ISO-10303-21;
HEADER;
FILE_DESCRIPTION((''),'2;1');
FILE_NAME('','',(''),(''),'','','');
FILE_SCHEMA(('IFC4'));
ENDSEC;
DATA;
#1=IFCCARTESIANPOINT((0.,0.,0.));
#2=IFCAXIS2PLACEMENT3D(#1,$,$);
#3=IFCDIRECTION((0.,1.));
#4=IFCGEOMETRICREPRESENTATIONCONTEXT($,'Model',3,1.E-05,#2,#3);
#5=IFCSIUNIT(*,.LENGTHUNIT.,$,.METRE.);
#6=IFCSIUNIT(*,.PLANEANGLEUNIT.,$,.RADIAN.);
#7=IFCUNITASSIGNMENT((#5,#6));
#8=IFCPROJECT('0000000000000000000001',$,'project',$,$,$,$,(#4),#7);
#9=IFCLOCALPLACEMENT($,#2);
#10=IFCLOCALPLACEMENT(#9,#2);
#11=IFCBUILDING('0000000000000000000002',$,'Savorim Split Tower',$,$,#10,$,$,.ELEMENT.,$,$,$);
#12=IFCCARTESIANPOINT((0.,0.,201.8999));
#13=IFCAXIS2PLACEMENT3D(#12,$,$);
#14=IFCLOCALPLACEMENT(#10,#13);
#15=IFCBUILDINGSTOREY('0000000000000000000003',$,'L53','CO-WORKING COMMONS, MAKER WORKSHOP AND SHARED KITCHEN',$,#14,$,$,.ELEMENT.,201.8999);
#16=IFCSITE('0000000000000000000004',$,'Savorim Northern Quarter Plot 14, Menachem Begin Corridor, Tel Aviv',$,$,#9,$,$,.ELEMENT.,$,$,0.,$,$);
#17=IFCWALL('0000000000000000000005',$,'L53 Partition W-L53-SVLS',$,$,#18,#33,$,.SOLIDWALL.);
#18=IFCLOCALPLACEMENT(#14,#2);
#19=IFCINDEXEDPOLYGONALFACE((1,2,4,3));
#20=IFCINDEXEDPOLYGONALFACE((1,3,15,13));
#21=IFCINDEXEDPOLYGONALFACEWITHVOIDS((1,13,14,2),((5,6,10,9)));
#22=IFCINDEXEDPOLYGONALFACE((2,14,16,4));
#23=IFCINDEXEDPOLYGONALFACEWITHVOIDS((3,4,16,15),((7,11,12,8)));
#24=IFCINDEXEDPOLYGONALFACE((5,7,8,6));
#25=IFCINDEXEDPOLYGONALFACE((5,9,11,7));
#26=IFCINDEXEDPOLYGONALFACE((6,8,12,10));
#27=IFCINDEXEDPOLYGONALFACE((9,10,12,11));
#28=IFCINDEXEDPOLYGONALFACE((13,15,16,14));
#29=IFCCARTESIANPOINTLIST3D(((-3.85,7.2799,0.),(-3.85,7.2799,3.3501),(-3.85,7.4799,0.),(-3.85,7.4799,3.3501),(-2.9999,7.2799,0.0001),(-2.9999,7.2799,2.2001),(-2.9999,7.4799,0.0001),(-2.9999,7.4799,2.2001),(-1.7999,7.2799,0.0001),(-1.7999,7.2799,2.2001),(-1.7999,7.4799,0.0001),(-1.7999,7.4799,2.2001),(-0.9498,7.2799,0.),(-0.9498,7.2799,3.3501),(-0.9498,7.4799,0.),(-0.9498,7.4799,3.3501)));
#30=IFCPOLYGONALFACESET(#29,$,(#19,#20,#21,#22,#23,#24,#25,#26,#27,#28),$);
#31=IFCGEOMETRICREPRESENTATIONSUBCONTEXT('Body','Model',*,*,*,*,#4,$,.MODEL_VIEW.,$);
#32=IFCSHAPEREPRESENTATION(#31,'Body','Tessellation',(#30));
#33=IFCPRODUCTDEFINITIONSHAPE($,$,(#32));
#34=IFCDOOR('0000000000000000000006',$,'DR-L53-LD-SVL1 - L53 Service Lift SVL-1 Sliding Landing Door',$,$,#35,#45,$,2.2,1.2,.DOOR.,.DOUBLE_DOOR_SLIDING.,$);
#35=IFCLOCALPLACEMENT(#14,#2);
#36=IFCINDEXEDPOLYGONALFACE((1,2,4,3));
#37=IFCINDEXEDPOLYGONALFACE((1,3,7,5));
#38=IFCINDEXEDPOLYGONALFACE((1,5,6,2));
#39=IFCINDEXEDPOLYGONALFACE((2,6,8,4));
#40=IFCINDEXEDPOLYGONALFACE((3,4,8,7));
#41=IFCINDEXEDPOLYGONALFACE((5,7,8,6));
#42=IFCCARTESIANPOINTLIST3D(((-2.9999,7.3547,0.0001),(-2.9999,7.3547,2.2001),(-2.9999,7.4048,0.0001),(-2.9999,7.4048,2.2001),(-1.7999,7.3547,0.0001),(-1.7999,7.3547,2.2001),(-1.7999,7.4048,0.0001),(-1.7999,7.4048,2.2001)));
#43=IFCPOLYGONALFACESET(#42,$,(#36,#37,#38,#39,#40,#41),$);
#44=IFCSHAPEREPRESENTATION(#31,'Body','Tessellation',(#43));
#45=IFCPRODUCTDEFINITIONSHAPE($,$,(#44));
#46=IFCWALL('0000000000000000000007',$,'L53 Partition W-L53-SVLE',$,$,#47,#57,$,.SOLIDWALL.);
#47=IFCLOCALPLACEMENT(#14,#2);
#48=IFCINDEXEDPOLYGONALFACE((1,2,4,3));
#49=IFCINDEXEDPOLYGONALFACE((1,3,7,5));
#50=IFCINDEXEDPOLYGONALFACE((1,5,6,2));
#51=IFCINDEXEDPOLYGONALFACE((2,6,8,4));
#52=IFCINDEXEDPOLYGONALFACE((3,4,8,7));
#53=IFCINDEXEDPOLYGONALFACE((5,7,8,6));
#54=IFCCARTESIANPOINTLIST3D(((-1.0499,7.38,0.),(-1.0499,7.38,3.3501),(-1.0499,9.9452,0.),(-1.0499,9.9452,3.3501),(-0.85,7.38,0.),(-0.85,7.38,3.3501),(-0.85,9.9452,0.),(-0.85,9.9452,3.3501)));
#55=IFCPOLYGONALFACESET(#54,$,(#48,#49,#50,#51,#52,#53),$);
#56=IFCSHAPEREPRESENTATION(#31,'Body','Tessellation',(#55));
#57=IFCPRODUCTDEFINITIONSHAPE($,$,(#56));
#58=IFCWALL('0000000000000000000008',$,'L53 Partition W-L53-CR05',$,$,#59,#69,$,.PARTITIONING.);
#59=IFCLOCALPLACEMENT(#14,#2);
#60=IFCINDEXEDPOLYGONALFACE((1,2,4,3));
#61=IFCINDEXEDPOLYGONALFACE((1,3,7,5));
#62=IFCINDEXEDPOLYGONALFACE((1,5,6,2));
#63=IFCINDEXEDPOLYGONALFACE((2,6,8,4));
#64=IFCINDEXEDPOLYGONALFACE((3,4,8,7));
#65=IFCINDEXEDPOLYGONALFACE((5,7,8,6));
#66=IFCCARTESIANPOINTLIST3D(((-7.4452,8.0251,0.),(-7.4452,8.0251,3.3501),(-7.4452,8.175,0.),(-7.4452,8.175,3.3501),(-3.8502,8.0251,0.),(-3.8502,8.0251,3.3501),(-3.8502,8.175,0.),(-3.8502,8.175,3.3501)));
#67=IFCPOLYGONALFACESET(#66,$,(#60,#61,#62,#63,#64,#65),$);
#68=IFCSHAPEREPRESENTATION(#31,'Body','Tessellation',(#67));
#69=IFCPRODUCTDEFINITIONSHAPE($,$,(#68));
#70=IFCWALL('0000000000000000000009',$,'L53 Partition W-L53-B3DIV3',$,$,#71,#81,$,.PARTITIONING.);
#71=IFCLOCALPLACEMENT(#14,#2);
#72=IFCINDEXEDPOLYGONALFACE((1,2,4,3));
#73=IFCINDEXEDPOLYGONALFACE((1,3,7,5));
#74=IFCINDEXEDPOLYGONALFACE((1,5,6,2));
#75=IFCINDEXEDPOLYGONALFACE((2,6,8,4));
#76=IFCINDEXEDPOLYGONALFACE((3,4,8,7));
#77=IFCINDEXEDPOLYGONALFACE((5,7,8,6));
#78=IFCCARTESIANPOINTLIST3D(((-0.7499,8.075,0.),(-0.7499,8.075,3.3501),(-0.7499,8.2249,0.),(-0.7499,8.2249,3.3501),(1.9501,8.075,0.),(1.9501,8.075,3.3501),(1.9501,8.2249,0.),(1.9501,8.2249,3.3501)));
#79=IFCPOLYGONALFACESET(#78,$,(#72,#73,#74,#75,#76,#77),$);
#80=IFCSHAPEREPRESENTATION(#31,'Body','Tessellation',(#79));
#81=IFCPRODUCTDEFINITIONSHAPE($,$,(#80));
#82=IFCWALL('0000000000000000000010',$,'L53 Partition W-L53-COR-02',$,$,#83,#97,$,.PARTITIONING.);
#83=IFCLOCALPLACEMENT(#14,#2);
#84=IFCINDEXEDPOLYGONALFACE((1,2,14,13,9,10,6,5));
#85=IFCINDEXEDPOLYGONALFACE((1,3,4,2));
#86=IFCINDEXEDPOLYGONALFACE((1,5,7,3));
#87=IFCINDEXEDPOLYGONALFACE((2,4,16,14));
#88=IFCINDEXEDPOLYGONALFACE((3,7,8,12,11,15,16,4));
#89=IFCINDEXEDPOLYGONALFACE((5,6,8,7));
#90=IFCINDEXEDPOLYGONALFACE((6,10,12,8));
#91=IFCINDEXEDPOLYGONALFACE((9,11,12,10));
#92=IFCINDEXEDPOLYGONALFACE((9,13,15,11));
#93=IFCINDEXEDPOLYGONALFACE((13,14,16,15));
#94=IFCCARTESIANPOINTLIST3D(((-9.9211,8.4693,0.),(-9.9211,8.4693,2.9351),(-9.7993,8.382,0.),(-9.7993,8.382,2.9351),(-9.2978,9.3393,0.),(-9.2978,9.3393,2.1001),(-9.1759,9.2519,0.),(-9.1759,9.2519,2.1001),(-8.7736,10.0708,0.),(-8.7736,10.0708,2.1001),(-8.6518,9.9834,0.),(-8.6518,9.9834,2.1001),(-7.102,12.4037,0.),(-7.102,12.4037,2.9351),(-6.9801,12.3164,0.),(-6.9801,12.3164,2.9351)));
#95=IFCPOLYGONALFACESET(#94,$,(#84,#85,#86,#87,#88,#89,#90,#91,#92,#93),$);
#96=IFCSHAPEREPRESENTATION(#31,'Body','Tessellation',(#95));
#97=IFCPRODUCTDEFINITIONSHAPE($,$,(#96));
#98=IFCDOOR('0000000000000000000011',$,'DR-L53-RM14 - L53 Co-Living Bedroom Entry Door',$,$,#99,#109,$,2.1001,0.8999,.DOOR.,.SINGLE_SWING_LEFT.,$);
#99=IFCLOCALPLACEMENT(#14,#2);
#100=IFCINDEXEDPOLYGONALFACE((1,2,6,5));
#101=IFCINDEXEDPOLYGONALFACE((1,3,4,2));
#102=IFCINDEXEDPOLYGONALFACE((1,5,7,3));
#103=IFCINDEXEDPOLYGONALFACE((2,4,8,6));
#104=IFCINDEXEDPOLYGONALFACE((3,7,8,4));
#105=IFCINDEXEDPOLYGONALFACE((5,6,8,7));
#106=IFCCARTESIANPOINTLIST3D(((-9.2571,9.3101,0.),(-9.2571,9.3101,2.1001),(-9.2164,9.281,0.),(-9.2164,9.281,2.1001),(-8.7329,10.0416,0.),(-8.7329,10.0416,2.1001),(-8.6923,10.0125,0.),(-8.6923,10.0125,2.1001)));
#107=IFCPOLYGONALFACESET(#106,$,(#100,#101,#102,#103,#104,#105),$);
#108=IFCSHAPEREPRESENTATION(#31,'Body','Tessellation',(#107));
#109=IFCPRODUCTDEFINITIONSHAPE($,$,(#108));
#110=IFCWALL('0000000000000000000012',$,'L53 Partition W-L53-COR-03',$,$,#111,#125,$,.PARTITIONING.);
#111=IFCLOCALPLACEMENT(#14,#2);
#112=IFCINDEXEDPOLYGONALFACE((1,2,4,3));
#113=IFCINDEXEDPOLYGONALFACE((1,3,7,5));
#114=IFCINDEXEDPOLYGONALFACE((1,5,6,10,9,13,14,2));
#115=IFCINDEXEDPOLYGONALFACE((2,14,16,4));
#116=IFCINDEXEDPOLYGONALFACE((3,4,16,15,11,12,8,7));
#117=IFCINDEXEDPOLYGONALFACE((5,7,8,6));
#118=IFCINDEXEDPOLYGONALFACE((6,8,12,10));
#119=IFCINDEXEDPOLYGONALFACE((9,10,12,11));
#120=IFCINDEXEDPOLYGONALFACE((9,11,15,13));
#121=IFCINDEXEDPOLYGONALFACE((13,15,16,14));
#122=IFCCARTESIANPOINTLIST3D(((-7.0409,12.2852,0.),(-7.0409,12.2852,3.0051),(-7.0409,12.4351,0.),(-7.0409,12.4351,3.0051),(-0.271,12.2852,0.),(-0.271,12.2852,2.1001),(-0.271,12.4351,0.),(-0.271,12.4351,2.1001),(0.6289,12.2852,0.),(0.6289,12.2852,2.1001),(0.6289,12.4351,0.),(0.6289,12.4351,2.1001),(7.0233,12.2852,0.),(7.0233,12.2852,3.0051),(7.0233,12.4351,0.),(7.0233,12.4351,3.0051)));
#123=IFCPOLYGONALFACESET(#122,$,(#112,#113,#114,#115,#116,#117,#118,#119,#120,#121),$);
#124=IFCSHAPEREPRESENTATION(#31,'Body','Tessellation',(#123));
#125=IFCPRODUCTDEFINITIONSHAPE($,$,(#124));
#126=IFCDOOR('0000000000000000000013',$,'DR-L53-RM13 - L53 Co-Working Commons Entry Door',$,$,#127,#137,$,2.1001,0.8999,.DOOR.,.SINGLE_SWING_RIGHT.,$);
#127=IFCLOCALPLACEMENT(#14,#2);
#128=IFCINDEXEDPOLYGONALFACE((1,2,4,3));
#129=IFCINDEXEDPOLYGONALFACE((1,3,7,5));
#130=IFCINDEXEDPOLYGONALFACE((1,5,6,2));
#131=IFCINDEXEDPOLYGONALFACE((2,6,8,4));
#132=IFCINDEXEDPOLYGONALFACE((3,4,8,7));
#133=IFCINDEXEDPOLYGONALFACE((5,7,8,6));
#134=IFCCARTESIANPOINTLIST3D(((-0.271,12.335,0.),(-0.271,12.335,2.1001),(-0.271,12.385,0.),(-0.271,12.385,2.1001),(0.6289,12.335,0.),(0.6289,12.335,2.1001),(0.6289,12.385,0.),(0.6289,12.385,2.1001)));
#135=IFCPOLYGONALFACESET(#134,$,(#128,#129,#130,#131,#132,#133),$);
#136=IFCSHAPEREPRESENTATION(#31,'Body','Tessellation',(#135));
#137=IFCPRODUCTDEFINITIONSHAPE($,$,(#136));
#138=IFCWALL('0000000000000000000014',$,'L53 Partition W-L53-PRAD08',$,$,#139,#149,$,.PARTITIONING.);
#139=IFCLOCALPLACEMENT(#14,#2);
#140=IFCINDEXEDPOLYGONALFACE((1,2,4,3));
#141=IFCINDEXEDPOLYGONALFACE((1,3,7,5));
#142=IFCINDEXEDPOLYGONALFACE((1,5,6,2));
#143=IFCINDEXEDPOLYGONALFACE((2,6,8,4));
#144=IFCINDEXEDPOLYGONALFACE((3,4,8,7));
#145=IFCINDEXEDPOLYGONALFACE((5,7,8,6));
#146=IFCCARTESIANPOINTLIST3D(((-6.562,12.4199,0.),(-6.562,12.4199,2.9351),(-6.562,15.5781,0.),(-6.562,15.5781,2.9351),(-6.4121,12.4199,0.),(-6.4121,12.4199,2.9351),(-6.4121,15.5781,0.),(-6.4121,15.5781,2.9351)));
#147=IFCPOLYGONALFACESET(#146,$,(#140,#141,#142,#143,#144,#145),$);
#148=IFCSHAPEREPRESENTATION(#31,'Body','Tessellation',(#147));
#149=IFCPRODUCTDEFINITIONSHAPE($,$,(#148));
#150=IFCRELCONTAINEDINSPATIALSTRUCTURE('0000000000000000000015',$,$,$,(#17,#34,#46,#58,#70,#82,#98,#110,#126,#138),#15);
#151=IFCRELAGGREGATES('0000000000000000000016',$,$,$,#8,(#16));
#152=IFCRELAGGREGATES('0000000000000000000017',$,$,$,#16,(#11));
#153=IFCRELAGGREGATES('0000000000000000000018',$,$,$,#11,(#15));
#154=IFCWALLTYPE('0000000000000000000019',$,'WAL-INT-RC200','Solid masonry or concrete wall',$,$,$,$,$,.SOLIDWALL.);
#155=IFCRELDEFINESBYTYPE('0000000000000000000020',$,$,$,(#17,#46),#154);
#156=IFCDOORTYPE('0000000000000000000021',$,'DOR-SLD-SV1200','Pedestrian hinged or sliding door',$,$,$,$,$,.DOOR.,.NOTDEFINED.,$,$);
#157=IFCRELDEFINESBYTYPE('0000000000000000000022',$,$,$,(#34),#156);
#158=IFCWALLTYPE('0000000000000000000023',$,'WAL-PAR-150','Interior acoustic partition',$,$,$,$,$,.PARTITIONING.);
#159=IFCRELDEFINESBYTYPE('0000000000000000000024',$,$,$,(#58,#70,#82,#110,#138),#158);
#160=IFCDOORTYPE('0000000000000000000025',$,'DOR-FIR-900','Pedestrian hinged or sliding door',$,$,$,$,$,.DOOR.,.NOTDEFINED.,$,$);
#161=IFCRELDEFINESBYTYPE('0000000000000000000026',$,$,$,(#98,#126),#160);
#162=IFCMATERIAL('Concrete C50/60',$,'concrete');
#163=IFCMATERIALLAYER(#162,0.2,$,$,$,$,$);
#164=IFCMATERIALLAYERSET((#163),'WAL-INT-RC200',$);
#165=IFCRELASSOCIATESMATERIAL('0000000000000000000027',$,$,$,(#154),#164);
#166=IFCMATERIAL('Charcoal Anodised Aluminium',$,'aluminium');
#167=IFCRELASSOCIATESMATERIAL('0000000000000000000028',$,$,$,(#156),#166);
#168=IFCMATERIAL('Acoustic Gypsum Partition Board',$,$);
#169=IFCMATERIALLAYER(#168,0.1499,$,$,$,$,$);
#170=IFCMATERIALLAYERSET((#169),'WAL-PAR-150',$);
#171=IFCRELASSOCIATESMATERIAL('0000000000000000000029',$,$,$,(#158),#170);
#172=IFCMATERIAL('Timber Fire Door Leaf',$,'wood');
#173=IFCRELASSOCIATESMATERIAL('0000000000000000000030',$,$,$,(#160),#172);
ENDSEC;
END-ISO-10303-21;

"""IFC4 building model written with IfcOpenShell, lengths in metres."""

from ifc_helpers import new_model, si_unit, direction, frame, frame_2d, origin, place, context, subcontext, project, spatial, rectangle, extrude, material, layer, layer_set, type_object, element, fill, save


model = new_model("IFC4")

# Units and contexts
model_context = context("Model", 3, precision=1e-05, world=origin(), true_north=direction((0.0, 1.0)))
body_context = subcontext(model_context, "Body", "Model", "MODEL_VIEW")
ifc_project = project(units=[si_unit("LENGTHUNIT", "METRE"), si_unit("PLANEANGLEUNIT", "RADIAN")], contexts=[model_context])

# Site, building, storey
site_placement = place(None, origin())
site = spatial("IfcSite", under=ifc_project, at=site_placement, Name="Savorim Northern Quarter Plot 14, Menachem Begin Corridor, Tel Aviv", CompositionType="ELEMENT", RefElevation=0.0)
building_placement = place(site_placement, origin())
building = spatial("IfcBuilding", under=site, at=building_placement, Name="Savorim Split Tower", CompositionType="ELEMENT")
storey_placement = place(building_placement, frame((0.0, 0.0, 201.8999)))
storey = spatial("IfcBuildingStorey", under=building, at=storey_placement, Name="L53", Description="CO-WORKING COMMONS, MAKER WORKSHOP AND SHARED KITCHEN", CompositionType="ELEMENT", Elevation=201.8999)

# Shared definitions
ifc_material_1 = material(Name="Charcoal Anodised Aluminium", Category="aluminium")

# Wall, opening, door
ifc_material_2 = material(Name="Concrete C50/60", Category="concrete")
ifc_layer_1 = layer(ifc_material_2, 0.2)
ifc_layer_set_1 = layer_set([ifc_layer_1], Name="WAL-INT-RC200")
wall_type_1 = type_object("IfcWallType", Name="WAL-INT-RC200", Description="Solid masonry or concrete wall", PredefinedType="SOLIDWALL", material=ifc_layer_set_1)
wall_1_placement = place(storey_placement, frame((-3.8501, 7.3799, 0.0), z_axis=(0.0, 0.0, 1.0), x_axis=(1.0, 0.0, 0.0)))
wall_1 = element("IfcWall", 1, at=wall_1_placement, inside=storey, type_object=wall_type_1, Name="L53 Partition W-L53-SVLS", PredefinedType="SOLIDWALL", context=body_context, shape_type="SweptSolid", body=[
    extrude(rectangle(XDim=2.9001, YDim=0.2, at=frame_2d((1.4502, 0.0))), origin(), (0.0, 0.0, 1.0), 3.3501),
])
opening_1_placement = place(wall_1_placement, frame((0.8501, 0.0, 0.0)))
opening_1 = element("IfcOpeningElement", 2, at=opening_1_placement, cuts=wall_1, PredefinedType="OPENING", context=body_context, shape_type="SweptSolid", body=[
    extrude(rectangle(XDim=1.2, YDim=2.2, at=frame_2d((0.6001, 1.1001))), frame((0.0, 0.1099, 0.0), z_axis=(0.0, -1.0, 0.0), x_axis=(1.0, 0.0, 0.0)), (0.0, 0.0, 1.0), 0.22),
])
door_type_1 = type_object("IfcDoorType", Name="DOR-SLD-SV1200", Description="Pedestrian hinged or sliding door", OperationType="NOTDEFINED", PredefinedType="DOOR", material=ifc_material_1)
door_1_placement = place(opening_1_placement, origin())
door_1 = element("IfcDoor", 3, at=door_1_placement, inside=storey, type_object=door_type_1, Name="DR-L53-LD-SVL1 - L53 Service Lift SVL-1 Sliding Landing Door", OperationType="DOUBLE_DOOR_SLIDING", OverallHeight=2.2, OverallWidth=1.2, PredefinedType="DOOR", context=body_context, shape_type="SweptSolid", body=[
    extrude(rectangle(XDim=1.2, YDim=2.2, at=frame_2d((0.6001, 1.1001))), frame((0.0, 0.0249, 0.0), z_axis=(0.0, -1.0, 0.0), x_axis=(1.0, 0.0, 0.0)), (0.0, 0.0, 1.0), 0.05),
])
fill(opening_1, door_1)

# Walls
wall_2_placement = place(storey_placement, frame((-0.95, 7.3799, 0.0), z_axis=(0.0, 0.0, 1.0), x_axis=(0.0, 1.0, 0.0)))
element("IfcWall", 4, at=wall_2_placement, inside=storey, type_object=wall_type_1, Name="L53 Partition W-L53-SVLE", PredefinedType="SOLIDWALL", context=body_context, shape_type="SweptSolid", body=[
    extrude(rectangle(XDim=2.5652, YDim=0.2, at=frame_2d((1.2827, 0.0))), origin(), (0.0, 0.0, 1.0), 3.3501),
])
ifc_material_3 = material(Name="Acoustic Gypsum Partition Board")
ifc_layer_2 = layer(ifc_material_3, 0.1499)
ifc_layer_set_2 = layer_set([ifc_layer_2], Name="WAL-PAR-150")
wall_type_2 = type_object("IfcWallType", Name="WAL-PAR-150", Description="Interior acoustic partition", PredefinedType="PARTITIONING", material=ifc_layer_set_2)
wall_3_placement = place(storey_placement, frame((-7.4451, 8.1001, 0.0), z_axis=(0.0, 0.0, 1.0), x_axis=(1.0, 0.0, 0.0)))
element("IfcWall", 5, at=wall_3_placement, inside=storey, type_object=wall_type_2, Name="L53 Partition W-L53-CR05", PredefinedType="PARTITIONING", context=body_context, shape_type="SweptSolid", body=[
    extrude(rectangle(XDim=3.595, YDim=0.1499, at=frame_2d((1.7974, 0.0))), origin(), (0.0, 0.0, 1.0), 3.3501),
])
wall_4_placement = place(storey_placement, frame((-0.75, 8.1499, 0.0), z_axis=(0.0, 0.0, 1.0), x_axis=(1.0, 0.0, 0.0)))
element("IfcWall", 6, at=wall_4_placement, inside=storey, type_object=wall_type_2, Name="L53 Partition W-L53-B3DIV3", PredefinedType="PARTITIONING", context=body_context, shape_type="SweptSolid", body=[
    extrude(rectangle(XDim=2.7, YDim=0.1499, at=frame_2d((1.3501, 0.0))), origin(), (0.0, 0.0, 1.0), 3.3501),
])

# Walls, openings, doors
wall_5_placement = place(storey_placement, frame((-9.8601, 8.4258, 0.0), z_axis=(0.0, 0.0, 1.0), x_axis=(0.58245, 0.812867, 0.0)))
wall_5 = element("IfcWall", 7, at=wall_5_placement, inside=storey, type_object=wall_type_2, Name="L53 Partition W-L53-COR-02", PredefinedType="PARTITIONING", context=body_context, shape_type="SweptSolid", body=[
    extrude(rectangle(XDim=4.8401, YDim=0.1499, at=frame_2d((2.4199, 0.0))), origin(), (0.0, 0.0, 1.0), 2.9351),
])
opening_2_placement = place(wall_5_placement, frame((1.0701, 0.0, 0.0)))
opening_2 = element("IfcOpeningElement", 8, at=opening_2_placement, cuts=wall_5, PredefinedType="OPENING", context=body_context, shape_type="SweptSolid", body=[
    extrude(rectangle(XDim=0.8999, YDim=2.1001, at=frame_2d((0.45, 1.05))), frame((0.0, 0.085, 0.0), z_axis=(0.0, -1.0, 0.0), x_axis=(1.0, 0.0, 0.0)), (0.0, 0.0, 1.0), 0.1699),
])
ifc_material_4 = material(Name="Timber Fire Door Leaf", Category="wood")
door_type_2 = type_object("IfcDoorType", Name="DOR-FIR-900", Description="Pedestrian hinged or sliding door", OperationType="NOTDEFINED", PredefinedType="DOOR", material=ifc_material_4)
door_2_placement = place(opening_2_placement, origin())
door_2 = element("IfcDoor", 9, at=door_2_placement, inside=storey, type_object=door_type_2, Name="DR-L53-RM14 - L53 Co-Living Bedroom Entry Door", OperationType="SINGLE_SWING_LEFT", OverallHeight=2.1001, OverallWidth=0.8999, PredefinedType="DOOR", context=body_context, shape_type="SweptSolid", body=[
    extrude(rectangle(XDim=0.8999, YDim=2.1001, at=frame_2d((0.45, 1.05))), frame((0.0, 0.0249, 0.0), z_axis=(0.0, -1.0, 0.0), x_axis=(1.0, 0.0, 0.0)), (0.0, 0.0, 1.0), 0.05),
])
fill(opening_2, door_2)
wall_6_placement = place(storey_placement, frame((-7.041, 12.3601, 0.0), z_axis=(0.0, 0.0, 1.0), x_axis=(1.0, 0.0, 0.0)))
wall_6 = element("IfcWall", 10, at=wall_6_placement, inside=storey, type_object=wall_type_2, Name="L53 Partition W-L53-COR-03", PredefinedType="PARTITIONING", context=body_context, shape_type="SweptSolid", body=[
    extrude(rectangle(XDim=14.0642, YDim=0.1499, at=frame_2d((7.0322, 0.0))), origin(), (0.0, 0.0, 1.0), 3.0051),
])
opening_3_placement = place(wall_6_placement, frame((6.77, 0.0, 0.0)))
opening_3 = element("IfcOpeningElement", 11, at=opening_3_placement, cuts=wall_6, PredefinedType="OPENING", context=body_context, shape_type="SweptSolid", body=[
    extrude(rectangle(XDim=0.8999, YDim=2.1001, at=frame_2d((0.45, 1.05))), frame((0.0, 0.085, 0.0), z_axis=(0.0, -1.0, 0.0), x_axis=(1.0, 0.0, 0.0)), (0.0, 0.0, 1.0), 0.1699),
])
door_3_placement = place(opening_3_placement, origin())
door_3 = element("IfcDoor", 12, at=door_3_placement, inside=storey, type_object=door_type_2, Name="DR-L53-RM13 - L53 Co-Working Commons Entry Door", OperationType="SINGLE_SWING_RIGHT", OverallHeight=2.1001, OverallWidth=0.8999, PredefinedType="DOOR", context=body_context, shape_type="SweptSolid", body=[
    extrude(rectangle(XDim=0.8999, YDim=2.1001, at=frame_2d((0.45, 1.05))), frame((0.0, 0.0249, 0.0), z_axis=(0.0, -1.0, 0.0), x_axis=(1.0, 0.0, 0.0)), (0.0, 0.0, 1.0), 0.05),
])
fill(opening_3, door_3)

# Wall
wall_7_placement = place(storey_placement, frame((-6.4871, 12.4199, 0.0), z_axis=(0.0, 0.0, 1.0), x_axis=(0.0, 1.0, 0.0)))
element("IfcWall", 13, at=wall_7_placement, inside=storey, type_object=wall_type_2, Name="L53 Partition W-L53-PRAD08", PredefinedType="PARTITIONING", context=body_context, shape_type="SweptSolid", body=[
    extrude(rectangle(XDim=3.1582, YDim=0.1499, at=frame_2d((1.5791, 0.0))), origin(), (0.0, 0.0, 1.0), 2.9351),
])

save(model, "model.ifc")
